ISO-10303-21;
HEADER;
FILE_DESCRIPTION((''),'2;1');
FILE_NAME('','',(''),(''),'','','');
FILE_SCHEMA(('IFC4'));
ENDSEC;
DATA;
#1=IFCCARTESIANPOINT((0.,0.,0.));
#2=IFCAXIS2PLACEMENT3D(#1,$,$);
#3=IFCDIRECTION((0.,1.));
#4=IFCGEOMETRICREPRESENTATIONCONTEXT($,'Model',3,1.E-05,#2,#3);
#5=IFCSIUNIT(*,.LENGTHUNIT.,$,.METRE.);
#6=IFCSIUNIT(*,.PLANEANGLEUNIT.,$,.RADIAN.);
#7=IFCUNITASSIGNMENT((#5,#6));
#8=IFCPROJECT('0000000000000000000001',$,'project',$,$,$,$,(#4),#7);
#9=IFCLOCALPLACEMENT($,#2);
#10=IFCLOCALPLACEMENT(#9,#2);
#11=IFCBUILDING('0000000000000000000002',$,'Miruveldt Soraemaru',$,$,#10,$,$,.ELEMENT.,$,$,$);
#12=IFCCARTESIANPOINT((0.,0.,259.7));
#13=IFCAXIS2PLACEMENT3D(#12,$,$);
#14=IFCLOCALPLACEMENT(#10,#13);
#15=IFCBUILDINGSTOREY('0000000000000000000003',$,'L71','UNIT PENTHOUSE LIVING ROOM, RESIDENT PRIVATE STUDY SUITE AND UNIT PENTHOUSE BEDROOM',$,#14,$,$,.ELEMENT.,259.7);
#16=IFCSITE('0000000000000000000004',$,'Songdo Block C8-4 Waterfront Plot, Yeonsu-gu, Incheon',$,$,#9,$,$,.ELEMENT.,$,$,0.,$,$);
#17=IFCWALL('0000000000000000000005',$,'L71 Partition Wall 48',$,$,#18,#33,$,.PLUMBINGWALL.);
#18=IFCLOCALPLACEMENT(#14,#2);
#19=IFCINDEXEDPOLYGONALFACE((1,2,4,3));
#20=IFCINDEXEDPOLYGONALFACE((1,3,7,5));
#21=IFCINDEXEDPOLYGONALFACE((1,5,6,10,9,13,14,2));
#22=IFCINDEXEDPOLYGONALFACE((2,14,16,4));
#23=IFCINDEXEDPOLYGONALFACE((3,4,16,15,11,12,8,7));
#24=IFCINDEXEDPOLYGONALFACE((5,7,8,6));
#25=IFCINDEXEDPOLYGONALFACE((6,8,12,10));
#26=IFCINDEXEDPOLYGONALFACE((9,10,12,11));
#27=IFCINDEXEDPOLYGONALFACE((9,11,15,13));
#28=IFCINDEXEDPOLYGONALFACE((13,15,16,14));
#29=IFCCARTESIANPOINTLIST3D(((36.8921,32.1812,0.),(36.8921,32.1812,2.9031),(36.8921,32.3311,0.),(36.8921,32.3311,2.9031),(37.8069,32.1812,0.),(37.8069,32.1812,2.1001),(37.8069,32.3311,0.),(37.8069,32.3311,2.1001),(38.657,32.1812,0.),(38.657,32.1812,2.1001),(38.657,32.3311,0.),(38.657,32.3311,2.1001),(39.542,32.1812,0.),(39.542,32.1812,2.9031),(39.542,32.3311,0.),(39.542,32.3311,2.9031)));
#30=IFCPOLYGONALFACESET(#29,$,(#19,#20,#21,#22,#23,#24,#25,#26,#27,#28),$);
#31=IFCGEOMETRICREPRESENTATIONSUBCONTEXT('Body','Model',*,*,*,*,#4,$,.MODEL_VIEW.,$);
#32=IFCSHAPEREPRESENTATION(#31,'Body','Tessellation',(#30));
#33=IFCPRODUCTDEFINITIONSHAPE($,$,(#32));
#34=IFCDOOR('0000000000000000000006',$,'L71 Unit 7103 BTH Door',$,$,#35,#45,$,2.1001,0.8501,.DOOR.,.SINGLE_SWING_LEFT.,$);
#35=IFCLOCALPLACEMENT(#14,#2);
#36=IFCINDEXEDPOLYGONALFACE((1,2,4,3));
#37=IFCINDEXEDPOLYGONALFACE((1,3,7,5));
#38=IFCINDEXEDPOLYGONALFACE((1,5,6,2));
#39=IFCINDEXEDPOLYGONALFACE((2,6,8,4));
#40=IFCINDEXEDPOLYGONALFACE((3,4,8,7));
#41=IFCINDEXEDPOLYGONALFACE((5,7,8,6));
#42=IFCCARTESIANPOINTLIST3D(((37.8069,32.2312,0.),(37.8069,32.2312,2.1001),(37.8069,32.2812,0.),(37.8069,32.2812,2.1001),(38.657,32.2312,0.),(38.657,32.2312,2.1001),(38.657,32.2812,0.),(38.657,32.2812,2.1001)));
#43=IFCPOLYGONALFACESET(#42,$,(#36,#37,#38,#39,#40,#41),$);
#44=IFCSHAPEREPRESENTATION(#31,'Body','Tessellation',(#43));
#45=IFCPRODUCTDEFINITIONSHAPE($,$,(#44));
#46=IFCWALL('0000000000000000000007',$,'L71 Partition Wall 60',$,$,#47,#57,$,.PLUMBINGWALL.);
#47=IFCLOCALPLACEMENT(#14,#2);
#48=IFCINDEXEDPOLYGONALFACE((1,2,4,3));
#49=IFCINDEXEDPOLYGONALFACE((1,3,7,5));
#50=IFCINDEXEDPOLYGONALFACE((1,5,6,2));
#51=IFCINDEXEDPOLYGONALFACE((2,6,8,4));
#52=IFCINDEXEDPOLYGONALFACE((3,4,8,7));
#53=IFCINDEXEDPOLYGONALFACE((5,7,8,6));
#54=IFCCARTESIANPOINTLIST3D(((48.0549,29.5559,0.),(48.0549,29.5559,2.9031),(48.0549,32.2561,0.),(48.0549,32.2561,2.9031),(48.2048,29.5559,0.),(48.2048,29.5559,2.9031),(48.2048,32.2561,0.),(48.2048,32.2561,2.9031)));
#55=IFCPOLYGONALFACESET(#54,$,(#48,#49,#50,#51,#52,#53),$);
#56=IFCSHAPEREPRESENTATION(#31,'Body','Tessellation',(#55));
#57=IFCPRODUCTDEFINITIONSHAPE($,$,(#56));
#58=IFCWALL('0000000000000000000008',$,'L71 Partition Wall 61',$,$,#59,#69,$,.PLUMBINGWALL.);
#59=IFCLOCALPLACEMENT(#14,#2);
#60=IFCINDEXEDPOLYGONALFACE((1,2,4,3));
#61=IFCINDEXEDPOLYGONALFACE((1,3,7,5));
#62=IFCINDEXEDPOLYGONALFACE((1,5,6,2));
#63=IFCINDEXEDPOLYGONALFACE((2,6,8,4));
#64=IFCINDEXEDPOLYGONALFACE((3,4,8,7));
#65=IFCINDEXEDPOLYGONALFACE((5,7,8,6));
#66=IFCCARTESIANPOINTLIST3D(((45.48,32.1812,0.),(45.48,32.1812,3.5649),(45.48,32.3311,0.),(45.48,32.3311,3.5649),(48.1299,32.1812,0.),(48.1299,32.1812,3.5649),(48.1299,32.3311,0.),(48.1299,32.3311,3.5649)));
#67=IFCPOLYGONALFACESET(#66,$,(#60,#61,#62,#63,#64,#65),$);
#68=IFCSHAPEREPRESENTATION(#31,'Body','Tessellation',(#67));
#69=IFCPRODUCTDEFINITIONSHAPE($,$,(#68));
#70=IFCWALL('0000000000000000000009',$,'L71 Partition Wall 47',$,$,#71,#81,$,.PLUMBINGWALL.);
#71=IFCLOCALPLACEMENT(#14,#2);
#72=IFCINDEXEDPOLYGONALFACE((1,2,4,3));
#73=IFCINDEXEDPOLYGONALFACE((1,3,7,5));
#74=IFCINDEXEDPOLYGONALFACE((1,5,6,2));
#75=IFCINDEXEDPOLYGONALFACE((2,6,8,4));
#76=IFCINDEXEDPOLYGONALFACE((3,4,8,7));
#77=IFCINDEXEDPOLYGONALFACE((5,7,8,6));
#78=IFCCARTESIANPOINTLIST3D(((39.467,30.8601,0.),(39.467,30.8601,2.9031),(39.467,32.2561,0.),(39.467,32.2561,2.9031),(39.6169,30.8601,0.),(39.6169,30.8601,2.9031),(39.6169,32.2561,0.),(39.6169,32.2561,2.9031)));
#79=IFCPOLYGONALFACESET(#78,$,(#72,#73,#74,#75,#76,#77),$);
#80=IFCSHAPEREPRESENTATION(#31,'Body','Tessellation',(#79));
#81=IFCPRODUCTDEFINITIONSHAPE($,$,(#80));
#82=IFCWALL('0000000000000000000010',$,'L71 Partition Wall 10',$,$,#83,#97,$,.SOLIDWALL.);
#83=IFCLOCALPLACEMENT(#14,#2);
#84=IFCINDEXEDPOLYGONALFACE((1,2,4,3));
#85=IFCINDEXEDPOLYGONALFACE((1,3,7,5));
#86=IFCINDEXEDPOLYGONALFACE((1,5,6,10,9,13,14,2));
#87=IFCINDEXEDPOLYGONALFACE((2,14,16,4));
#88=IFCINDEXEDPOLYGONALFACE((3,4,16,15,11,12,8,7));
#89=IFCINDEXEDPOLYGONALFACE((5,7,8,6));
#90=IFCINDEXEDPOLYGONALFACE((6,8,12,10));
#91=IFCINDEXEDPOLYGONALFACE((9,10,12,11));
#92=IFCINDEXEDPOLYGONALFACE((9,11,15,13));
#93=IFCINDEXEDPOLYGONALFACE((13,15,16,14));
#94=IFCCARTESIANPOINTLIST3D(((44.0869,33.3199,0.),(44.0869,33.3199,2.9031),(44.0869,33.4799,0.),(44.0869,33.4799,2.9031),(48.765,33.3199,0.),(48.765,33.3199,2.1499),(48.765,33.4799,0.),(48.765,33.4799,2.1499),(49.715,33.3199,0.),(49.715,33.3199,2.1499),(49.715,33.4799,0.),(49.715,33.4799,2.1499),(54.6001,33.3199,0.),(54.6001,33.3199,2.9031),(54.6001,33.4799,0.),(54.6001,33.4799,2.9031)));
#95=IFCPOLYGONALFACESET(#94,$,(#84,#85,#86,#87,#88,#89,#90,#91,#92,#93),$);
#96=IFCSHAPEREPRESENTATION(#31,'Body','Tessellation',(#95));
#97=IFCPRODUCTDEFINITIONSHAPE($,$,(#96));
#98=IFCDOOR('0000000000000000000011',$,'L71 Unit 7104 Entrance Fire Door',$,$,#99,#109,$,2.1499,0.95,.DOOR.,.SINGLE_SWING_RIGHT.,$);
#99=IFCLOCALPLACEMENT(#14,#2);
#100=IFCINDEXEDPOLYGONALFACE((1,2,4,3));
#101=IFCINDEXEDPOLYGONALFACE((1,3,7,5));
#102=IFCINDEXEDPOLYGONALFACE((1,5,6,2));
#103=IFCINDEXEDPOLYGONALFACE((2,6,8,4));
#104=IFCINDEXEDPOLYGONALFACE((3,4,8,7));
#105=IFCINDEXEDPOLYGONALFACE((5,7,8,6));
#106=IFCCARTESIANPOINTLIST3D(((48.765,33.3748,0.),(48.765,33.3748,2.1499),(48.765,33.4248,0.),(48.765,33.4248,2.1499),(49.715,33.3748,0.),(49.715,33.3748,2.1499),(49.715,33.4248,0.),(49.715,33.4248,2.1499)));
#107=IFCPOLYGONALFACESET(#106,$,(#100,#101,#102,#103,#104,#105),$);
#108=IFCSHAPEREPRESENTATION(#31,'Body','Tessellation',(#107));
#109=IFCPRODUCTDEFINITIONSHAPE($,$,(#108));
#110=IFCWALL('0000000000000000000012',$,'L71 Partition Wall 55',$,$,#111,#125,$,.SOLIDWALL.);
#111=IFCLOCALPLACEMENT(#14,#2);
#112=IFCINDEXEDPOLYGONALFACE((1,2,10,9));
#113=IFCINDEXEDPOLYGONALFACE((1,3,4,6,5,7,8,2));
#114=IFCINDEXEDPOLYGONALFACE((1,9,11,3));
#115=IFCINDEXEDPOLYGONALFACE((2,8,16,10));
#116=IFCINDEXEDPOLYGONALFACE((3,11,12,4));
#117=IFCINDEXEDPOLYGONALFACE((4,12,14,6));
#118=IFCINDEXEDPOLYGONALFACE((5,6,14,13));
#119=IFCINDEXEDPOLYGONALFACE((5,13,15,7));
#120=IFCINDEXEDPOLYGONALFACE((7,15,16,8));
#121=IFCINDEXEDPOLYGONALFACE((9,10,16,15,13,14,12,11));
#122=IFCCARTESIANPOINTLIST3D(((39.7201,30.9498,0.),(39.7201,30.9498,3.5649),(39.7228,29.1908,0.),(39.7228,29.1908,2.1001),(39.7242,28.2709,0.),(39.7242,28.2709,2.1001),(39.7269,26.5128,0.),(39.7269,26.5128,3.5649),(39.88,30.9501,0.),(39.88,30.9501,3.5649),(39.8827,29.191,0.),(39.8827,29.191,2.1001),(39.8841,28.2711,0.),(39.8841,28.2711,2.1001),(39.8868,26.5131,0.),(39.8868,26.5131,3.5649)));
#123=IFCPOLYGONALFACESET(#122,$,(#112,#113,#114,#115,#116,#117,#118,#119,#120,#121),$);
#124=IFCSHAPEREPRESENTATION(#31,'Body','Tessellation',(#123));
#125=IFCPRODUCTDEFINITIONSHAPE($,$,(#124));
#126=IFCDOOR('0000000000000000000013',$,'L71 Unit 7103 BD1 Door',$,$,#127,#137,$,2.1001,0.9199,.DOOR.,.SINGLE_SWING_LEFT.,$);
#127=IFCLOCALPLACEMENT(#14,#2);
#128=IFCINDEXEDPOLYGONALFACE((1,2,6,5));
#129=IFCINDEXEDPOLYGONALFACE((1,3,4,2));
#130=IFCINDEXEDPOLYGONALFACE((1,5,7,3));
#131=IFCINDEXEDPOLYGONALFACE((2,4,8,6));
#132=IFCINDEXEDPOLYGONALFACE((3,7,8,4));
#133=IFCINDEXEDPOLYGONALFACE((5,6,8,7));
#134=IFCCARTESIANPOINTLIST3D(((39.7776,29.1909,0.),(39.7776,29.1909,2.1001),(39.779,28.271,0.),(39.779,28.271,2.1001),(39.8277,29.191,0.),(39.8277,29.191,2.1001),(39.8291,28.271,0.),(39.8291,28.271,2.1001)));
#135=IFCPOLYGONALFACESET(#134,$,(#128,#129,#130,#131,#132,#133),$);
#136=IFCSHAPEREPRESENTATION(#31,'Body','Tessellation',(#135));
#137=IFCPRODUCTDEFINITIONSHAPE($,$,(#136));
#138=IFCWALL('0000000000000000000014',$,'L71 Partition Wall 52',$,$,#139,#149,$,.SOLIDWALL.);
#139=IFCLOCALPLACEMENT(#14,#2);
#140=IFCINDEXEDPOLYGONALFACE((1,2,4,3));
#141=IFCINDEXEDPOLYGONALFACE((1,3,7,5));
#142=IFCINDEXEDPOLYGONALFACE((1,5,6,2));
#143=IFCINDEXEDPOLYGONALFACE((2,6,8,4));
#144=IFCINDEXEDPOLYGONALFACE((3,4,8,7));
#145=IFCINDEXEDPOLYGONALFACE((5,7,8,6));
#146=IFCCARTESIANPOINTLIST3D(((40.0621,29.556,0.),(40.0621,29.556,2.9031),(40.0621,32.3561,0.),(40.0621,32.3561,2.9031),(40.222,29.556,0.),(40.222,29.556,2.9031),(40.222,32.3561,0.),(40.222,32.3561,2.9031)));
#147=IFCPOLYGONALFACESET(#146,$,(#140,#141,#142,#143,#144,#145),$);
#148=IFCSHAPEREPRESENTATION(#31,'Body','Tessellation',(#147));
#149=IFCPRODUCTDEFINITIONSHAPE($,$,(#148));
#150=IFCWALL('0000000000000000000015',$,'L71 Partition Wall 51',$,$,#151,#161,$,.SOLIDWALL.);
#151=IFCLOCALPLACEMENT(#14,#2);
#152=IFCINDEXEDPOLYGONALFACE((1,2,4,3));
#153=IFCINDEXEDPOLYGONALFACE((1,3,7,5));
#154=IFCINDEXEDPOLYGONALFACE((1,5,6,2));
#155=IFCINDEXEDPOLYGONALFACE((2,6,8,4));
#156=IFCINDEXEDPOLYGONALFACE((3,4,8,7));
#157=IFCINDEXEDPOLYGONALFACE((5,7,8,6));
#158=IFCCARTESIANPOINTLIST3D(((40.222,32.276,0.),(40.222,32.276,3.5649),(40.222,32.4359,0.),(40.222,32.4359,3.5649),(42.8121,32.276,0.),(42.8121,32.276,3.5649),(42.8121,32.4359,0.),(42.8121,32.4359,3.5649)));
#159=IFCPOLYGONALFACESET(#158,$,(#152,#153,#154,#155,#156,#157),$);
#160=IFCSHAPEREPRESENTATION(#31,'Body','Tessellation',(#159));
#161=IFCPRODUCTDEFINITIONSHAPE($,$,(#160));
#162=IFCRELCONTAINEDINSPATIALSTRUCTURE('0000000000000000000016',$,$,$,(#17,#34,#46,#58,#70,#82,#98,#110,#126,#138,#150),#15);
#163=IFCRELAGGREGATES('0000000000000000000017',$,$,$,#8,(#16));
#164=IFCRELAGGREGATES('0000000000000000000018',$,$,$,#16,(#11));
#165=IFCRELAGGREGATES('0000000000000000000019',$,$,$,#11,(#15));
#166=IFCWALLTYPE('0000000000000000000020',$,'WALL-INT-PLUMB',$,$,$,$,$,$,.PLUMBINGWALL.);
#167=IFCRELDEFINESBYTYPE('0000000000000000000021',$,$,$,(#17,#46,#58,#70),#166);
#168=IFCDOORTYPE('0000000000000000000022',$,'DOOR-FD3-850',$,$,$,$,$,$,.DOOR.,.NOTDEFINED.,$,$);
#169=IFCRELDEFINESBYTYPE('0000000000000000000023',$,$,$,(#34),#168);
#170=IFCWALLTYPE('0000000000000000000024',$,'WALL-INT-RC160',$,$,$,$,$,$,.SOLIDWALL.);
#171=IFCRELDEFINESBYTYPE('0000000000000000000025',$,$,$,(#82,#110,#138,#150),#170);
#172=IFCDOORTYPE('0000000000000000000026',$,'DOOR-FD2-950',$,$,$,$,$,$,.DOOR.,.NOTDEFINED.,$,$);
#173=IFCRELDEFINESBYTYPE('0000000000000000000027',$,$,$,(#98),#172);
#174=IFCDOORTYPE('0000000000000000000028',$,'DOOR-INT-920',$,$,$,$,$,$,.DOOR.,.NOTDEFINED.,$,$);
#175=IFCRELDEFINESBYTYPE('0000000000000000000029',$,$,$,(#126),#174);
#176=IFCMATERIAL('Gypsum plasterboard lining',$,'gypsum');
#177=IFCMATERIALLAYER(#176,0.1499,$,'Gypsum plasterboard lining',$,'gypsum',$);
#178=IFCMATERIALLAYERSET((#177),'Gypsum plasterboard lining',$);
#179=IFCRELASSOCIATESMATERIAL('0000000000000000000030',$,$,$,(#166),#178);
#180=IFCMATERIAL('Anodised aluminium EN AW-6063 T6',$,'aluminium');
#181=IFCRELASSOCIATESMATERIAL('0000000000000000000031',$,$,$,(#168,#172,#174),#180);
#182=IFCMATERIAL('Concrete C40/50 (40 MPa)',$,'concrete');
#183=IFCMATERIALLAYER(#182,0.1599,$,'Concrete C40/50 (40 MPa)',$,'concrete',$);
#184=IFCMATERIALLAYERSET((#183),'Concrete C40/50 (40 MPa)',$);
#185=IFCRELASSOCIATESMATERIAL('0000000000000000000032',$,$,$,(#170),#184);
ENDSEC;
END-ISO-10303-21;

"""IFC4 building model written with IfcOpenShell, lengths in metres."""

from ifc_helpers import new_model, si_unit, direction, frame, frame_2d, origin, place, context, subcontext, project, spatial, rectangle, extrude, material, layer, layer_set, type_object, element, fill, save


model = new_model("IFC4")

# Units and contexts
model_context = context("Model", 3, precision=1e-05, world=origin(), true_north=direction((0.0, 1.0)))
body_context = subcontext(model_context, "Body", "Model", "MODEL_VIEW")
ifc_project = project(units=[si_unit("LENGTHUNIT", "METRE"), si_unit("PLANEANGLEUNIT", "RADIAN")], contexts=[model_context])

# Site, building, storey
site_placement = place(None, origin())
site = spatial("IfcSite", under=ifc_project, at=site_placement, Name="Songdo Block C8-4 Waterfront Plot, Yeonsu-gu, Incheon", CompositionType="ELEMENT", RefElevation=0.0)
building_placement = place(site_placement, origin())
building = spatial("IfcBuilding", under=site, at=building_placement, Name="Miruveldt Soraemaru", CompositionType="ELEMENT")
storey_placement = place(building_placement, frame((0.0, 0.0, 259.7)))
storey = spatial("IfcBuildingStorey", under=building, at=storey_placement, Name="L71", Description="UNIT PENTHOUSE LIVING ROOM, RESIDENT PRIVATE STUDY SUITE AND UNIT PENTHOUSE BEDROOM", CompositionType="ELEMENT", Elevation=259.7)

# Shared definitions
ifc_material_1 = material(Name="Gypsum plasterboard lining", Category="gypsum")
ifc_material_2 = material(Name="Anodised aluminium EN AW-6063 T6", Category="aluminium")

# Wall, opening, door
ifc_layer_1 = layer(ifc_material_1, 0.1499, Name="Gypsum plasterboard lining", Category="gypsum")
ifc_layer_set_1 = layer_set([ifc_layer_1], Name="Gypsum plasterboard lining")
wall_type_1 = type_object("IfcWallType", Name="WALL-INT-PLUMB", PredefinedType="PLUMBINGWALL", material=ifc_layer_set_1)
door_type_1 = type_object("IfcDoorType", Name="DOOR-FD3-850", OperationType="NOTDEFINED", PredefinedType="DOOR", material=ifc_material_2)
wall_1_placement = place(storey_placement, frame((39.542, 32.2561, 0.0), z_axis=(0.0, 0.0, 1.0), x_axis=(-1.0, 0.0, 0.0)))
wall_1 = element("IfcWall", 1, at=wall_1_placement, inside=storey, type_object=wall_type_1, Name="L71 Partition Wall 48", PredefinedType="PLUMBINGWALL", context=body_context, shape_type="SweptSolid", body=[
    extrude(rectangle(XDim=2.6499, YDim=0.1499, at=frame_2d((1.325, 0.0))), origin(), (0.0, 0.0, 1.0), 2.9031),
])
opening_1_placement = place(wall_1_placement, frame((0.885, 0.0, 0.0)))
opening_1 = element("IfcOpeningElement", 2, at=opening_1_placement, cuts=wall_1, PredefinedType="OPENING", context=body_context, shape_type="SweptSolid", body=[
    extrude(rectangle(XDim=0.8501, YDim=2.1001, at=frame_2d((0.425, 1.05))), frame((0.0, 0.085, 0.0), z_axis=(0.0, -1.0, 0.0), x_axis=(1.0, 0.0, 0.0)), (0.0, 0.0, 1.0), 0.1699),
])
door_1_placement = place(opening_1_placement, origin())
door_1 = element("IfcDoor", 3, at=door_1_placement, inside=storey, type_object=door_type_1, Name="L71 Unit 7103 BTH Door", OperationType="SINGLE_SWING_LEFT", OverallHeight=2.1001, OverallWidth=0.8501, PredefinedType="DOOR", context=body_context, shape_type="SweptSolid", body=[
    extrude(rectangle(XDim=0.8501, YDim=2.1001, at=frame_2d((0.425, 1.05))), frame((0.0, 0.0249, 0.0), z_axis=(0.0, -1.0, 0.0), x_axis=(1.0, 0.0, 0.0)), (0.0, 0.0, 1.0), 0.05),
])
fill(opening_1, door_1)

# Walls
wall_2_placement = place(storey_placement, frame((48.1299, 29.5559, 0.0), z_axis=(0.0, 0.0, 1.0), x_axis=(0.0, 1.0, 0.0)))
element("IfcWall", 4, at=wall_2_placement, inside=storey, type_object=wall_type_1, Name="L71 Partition Wall 60", PredefinedType="PLUMBINGWALL", context=body_context, shape_type="SweptSolid", body=[
    extrude(rectangle(XDim=2.7002, YDim=0.1499, at=frame_2d((1.3501, 0.0))), origin(), (0.0, 0.0, 1.0), 2.9031),
])
wall_3_placement = place(storey_placement, frame((48.1299, 32.2561, 0.0), z_axis=(0.0, 0.0, 1.0), x_axis=(-1.0, 0.0, 0.0)))
element("IfcWall", 5, at=wall_3_placement, inside=storey, type_object=wall_type_1, Name="L71 Partition Wall 61", PredefinedType="PLUMBINGWALL", context=body_context, shape_type="SweptSolid", body=[
    extrude(rectangle(XDim=2.6499, YDim=0.1499, at=frame_2d((1.325, 0.0))), origin(), (0.0, 0.0, 1.0), 3.5649),
])
wall_4_placement = place(storey_placement, frame((39.542, 30.8601, 0.0), z_axis=(0.0, 0.0, 1.0), x_axis=(0.0, 1.0, 0.0)))
element("IfcWall", 6, at=wall_4_placement, inside=storey, type_object=wall_type_1, Name="L71 Partition Wall 47", PredefinedType="PLUMBINGWALL", context=body_context, shape_type="SweptSolid", body=[
    extrude(rectangle(XDim=1.396, YDim=0.1499, at=frame_2d((0.698, 0.0))), origin(), (0.0, 0.0, 1.0), 2.9031),
])

# Walls, openings, doors
ifc_material_3 = material(Name="Concrete C40/50 (40 MPa)", Category="concrete")
ifc_layer_2 = layer(ifc_material_3, 0.1599, Name="Concrete C40/50 (40 MPa)", Category="concrete")
ifc_layer_set_2 = layer_set([ifc_layer_2], Name="Concrete C40/50 (40 MPa)")
wall_type_2 = type_object("IfcWallType", Name="WALL-INT-RC160", PredefinedType="SOLIDWALL", material=ifc_layer_set_2)
wall_5_placement = place(storey_placement, frame((44.0869, 33.3999, 0.0), z_axis=(0.0, 0.0, 1.0), x_axis=(1.0, 0.0, 0.0)))
wall_5 = element("IfcWall", 7, at=wall_5_placement, inside=storey, type_object=wall_type_2, Name="L71 Partition Wall 10", PredefinedType="SOLIDWALL", context=body_context, shape_type="SweptSolid", body=[
    extrude(rectangle(XDim=10.5132, YDim=0.1599, at=frame_2d((5.2566, 0.0))), origin(), (0.0, 0.0, 1.0), 2.9031),
])
opening_2_placement = place(wall_5_placement, frame((4.678, 0.0, 0.0)))
opening_2 = element("IfcOpeningElement", 8, at=opening_2_placement, cuts=wall_5, PredefinedType="OPENING", context=body_context, shape_type="SweptSolid", body=[
    extrude(rectangle(XDim=0.95, YDim=2.1499, at=frame_2d((0.4751, 1.075))), frame((0.0, 0.0898, 0.0), z_axis=(0.0, -1.0, 0.0), x_axis=(1.0, 0.0, 0.0)), (0.0, 0.0, 1.0), 0.1799),
])
door_type_2 = type_object("IfcDoorType", Name="DOOR-FD2-950", OperationType="NOTDEFINED", PredefinedType="DOOR", material=ifc_material_2)
door_2_placement = place(opening_2_placement, origin())
door_2 = element("IfcDoor", 9, at=door_2_placement, inside=storey, type_object=door_type_2, Name="L71 Unit 7104 Entrance Fire Door", OperationType="SINGLE_SWING_RIGHT", OverallHeight=2.1499, OverallWidth=0.95, PredefinedType="DOOR", context=body_context, shape_type="SweptSolid", body=[
    extrude(rectangle(XDim=0.95, YDim=2.1499, at=frame_2d((0.4751, 1.075))), frame((0.0, 0.0249, 0.0), z_axis=(0.0, -1.0, 0.0), x_axis=(1.0, 0.0, 0.0)), (0.0, 0.0, 1.0), 0.05),
])
fill(opening_2, door_2)
wall_6_placement = place(storey_placement, frame((39.8, 30.95, 0.0), z_axis=(0.0, 0.0, 1.0), x_axis=(0.001541, -0.999999, 0.0)))
wall_6 = element("IfcWall", 10, at=wall_6_placement, inside=storey, type_object=wall_type_2, Name="L71 Partition Wall 55", PredefinedType="SOLIDWALL", context=body_context, shape_type="SweptSolid", body=[
    extrude(rectangle(XDim=4.437, YDim=0.1599, at=frame_2d((2.2185, 0.0))), origin(), (0.0, 0.0, 1.0), 3.5649),
])
opening_3_placement = place(wall_6_placement, frame((1.759, 0.0, 0.0)))
opening_3 = element("IfcOpeningElement", 11, at=opening_3_placement, cuts=wall_6, PredefinedType="OPENING", context=body_context, shape_type="SweptSolid", body=[
    extrude(rectangle(XDim=0.9199, YDim=2.1001, at=frame_2d((0.46, 1.05))), frame((0.0, 0.0898, 0.0), z_axis=(0.0, -1.0, 0.0), x_axis=(1.0, 0.0, 0.0)), (0.0, 0.0, 1.0), 0.1799),
])
door_type_3 = type_object("IfcDoorType", Name="DOOR-INT-920", OperationType="NOTDEFINED", PredefinedType="DOOR", material=ifc_material_2)
door_3_placement = place(opening_3_placement, origin())
door_3 = element("IfcDoor", 12, at=door_3_placement, inside=storey, type_object=door_type_3, Name="L71 Unit 7103 BD1 Door", OperationType="SINGLE_SWING_LEFT", OverallHeight=2.1001, OverallWidth=0.9199, PredefinedType="DOOR", context=body_context, shape_type="SweptSolid", body=[
    extrude(rectangle(XDim=0.9199, YDim=2.1001, at=frame_2d((0.46, 1.05))), frame((0.0, 0.0249, 0.0), z_axis=(0.0, -1.0, 0.0), x_axis=(1.0, 0.0, 0.0)), (0.0, 0.0, 1.0), 0.05),
])
fill(opening_3, door_3)

# Walls
wall_7_placement = place(storey_placement, frame((40.1421, 32.356, 0.0), z_axis=(0.0, 0.0, 1.0), x_axis=(0.0, -1.0, 0.0)))
element("IfcWall", 13, at=wall_7_placement, inside=storey, type_object=wall_type_2, Name="L71 Partition Wall 52", PredefinedType="SOLIDWALL", context=body_context, shape_type="SweptSolid", body=[
    extrude(rectangle(XDim=2.8, YDim=0.1599, at=frame_2d((1.3999, 0.0))), origin(), (0.0, 0.0, 1.0), 2.9031),
])
wall_8_placement = place(storey_placement, frame((42.812, 32.356, 0.0), z_axis=(0.0, 0.0, 1.0), x_axis=(-1.0, 0.0, 0.0)))
element("IfcWall", 14, at=wall_8_placement, inside=storey, type_object=wall_type_2, Name="L71 Partition Wall 51", PredefinedType="SOLIDWALL", context=body_context, shape_type="SweptSolid", body=[
    extrude(rectangle(XDim=2.5901, YDim=0.1599, at=frame_2d((1.2949, 0.0))), origin(), (0.0, 0.0, 1.0), 3.5649),
])

save(model, "model.ifc")
